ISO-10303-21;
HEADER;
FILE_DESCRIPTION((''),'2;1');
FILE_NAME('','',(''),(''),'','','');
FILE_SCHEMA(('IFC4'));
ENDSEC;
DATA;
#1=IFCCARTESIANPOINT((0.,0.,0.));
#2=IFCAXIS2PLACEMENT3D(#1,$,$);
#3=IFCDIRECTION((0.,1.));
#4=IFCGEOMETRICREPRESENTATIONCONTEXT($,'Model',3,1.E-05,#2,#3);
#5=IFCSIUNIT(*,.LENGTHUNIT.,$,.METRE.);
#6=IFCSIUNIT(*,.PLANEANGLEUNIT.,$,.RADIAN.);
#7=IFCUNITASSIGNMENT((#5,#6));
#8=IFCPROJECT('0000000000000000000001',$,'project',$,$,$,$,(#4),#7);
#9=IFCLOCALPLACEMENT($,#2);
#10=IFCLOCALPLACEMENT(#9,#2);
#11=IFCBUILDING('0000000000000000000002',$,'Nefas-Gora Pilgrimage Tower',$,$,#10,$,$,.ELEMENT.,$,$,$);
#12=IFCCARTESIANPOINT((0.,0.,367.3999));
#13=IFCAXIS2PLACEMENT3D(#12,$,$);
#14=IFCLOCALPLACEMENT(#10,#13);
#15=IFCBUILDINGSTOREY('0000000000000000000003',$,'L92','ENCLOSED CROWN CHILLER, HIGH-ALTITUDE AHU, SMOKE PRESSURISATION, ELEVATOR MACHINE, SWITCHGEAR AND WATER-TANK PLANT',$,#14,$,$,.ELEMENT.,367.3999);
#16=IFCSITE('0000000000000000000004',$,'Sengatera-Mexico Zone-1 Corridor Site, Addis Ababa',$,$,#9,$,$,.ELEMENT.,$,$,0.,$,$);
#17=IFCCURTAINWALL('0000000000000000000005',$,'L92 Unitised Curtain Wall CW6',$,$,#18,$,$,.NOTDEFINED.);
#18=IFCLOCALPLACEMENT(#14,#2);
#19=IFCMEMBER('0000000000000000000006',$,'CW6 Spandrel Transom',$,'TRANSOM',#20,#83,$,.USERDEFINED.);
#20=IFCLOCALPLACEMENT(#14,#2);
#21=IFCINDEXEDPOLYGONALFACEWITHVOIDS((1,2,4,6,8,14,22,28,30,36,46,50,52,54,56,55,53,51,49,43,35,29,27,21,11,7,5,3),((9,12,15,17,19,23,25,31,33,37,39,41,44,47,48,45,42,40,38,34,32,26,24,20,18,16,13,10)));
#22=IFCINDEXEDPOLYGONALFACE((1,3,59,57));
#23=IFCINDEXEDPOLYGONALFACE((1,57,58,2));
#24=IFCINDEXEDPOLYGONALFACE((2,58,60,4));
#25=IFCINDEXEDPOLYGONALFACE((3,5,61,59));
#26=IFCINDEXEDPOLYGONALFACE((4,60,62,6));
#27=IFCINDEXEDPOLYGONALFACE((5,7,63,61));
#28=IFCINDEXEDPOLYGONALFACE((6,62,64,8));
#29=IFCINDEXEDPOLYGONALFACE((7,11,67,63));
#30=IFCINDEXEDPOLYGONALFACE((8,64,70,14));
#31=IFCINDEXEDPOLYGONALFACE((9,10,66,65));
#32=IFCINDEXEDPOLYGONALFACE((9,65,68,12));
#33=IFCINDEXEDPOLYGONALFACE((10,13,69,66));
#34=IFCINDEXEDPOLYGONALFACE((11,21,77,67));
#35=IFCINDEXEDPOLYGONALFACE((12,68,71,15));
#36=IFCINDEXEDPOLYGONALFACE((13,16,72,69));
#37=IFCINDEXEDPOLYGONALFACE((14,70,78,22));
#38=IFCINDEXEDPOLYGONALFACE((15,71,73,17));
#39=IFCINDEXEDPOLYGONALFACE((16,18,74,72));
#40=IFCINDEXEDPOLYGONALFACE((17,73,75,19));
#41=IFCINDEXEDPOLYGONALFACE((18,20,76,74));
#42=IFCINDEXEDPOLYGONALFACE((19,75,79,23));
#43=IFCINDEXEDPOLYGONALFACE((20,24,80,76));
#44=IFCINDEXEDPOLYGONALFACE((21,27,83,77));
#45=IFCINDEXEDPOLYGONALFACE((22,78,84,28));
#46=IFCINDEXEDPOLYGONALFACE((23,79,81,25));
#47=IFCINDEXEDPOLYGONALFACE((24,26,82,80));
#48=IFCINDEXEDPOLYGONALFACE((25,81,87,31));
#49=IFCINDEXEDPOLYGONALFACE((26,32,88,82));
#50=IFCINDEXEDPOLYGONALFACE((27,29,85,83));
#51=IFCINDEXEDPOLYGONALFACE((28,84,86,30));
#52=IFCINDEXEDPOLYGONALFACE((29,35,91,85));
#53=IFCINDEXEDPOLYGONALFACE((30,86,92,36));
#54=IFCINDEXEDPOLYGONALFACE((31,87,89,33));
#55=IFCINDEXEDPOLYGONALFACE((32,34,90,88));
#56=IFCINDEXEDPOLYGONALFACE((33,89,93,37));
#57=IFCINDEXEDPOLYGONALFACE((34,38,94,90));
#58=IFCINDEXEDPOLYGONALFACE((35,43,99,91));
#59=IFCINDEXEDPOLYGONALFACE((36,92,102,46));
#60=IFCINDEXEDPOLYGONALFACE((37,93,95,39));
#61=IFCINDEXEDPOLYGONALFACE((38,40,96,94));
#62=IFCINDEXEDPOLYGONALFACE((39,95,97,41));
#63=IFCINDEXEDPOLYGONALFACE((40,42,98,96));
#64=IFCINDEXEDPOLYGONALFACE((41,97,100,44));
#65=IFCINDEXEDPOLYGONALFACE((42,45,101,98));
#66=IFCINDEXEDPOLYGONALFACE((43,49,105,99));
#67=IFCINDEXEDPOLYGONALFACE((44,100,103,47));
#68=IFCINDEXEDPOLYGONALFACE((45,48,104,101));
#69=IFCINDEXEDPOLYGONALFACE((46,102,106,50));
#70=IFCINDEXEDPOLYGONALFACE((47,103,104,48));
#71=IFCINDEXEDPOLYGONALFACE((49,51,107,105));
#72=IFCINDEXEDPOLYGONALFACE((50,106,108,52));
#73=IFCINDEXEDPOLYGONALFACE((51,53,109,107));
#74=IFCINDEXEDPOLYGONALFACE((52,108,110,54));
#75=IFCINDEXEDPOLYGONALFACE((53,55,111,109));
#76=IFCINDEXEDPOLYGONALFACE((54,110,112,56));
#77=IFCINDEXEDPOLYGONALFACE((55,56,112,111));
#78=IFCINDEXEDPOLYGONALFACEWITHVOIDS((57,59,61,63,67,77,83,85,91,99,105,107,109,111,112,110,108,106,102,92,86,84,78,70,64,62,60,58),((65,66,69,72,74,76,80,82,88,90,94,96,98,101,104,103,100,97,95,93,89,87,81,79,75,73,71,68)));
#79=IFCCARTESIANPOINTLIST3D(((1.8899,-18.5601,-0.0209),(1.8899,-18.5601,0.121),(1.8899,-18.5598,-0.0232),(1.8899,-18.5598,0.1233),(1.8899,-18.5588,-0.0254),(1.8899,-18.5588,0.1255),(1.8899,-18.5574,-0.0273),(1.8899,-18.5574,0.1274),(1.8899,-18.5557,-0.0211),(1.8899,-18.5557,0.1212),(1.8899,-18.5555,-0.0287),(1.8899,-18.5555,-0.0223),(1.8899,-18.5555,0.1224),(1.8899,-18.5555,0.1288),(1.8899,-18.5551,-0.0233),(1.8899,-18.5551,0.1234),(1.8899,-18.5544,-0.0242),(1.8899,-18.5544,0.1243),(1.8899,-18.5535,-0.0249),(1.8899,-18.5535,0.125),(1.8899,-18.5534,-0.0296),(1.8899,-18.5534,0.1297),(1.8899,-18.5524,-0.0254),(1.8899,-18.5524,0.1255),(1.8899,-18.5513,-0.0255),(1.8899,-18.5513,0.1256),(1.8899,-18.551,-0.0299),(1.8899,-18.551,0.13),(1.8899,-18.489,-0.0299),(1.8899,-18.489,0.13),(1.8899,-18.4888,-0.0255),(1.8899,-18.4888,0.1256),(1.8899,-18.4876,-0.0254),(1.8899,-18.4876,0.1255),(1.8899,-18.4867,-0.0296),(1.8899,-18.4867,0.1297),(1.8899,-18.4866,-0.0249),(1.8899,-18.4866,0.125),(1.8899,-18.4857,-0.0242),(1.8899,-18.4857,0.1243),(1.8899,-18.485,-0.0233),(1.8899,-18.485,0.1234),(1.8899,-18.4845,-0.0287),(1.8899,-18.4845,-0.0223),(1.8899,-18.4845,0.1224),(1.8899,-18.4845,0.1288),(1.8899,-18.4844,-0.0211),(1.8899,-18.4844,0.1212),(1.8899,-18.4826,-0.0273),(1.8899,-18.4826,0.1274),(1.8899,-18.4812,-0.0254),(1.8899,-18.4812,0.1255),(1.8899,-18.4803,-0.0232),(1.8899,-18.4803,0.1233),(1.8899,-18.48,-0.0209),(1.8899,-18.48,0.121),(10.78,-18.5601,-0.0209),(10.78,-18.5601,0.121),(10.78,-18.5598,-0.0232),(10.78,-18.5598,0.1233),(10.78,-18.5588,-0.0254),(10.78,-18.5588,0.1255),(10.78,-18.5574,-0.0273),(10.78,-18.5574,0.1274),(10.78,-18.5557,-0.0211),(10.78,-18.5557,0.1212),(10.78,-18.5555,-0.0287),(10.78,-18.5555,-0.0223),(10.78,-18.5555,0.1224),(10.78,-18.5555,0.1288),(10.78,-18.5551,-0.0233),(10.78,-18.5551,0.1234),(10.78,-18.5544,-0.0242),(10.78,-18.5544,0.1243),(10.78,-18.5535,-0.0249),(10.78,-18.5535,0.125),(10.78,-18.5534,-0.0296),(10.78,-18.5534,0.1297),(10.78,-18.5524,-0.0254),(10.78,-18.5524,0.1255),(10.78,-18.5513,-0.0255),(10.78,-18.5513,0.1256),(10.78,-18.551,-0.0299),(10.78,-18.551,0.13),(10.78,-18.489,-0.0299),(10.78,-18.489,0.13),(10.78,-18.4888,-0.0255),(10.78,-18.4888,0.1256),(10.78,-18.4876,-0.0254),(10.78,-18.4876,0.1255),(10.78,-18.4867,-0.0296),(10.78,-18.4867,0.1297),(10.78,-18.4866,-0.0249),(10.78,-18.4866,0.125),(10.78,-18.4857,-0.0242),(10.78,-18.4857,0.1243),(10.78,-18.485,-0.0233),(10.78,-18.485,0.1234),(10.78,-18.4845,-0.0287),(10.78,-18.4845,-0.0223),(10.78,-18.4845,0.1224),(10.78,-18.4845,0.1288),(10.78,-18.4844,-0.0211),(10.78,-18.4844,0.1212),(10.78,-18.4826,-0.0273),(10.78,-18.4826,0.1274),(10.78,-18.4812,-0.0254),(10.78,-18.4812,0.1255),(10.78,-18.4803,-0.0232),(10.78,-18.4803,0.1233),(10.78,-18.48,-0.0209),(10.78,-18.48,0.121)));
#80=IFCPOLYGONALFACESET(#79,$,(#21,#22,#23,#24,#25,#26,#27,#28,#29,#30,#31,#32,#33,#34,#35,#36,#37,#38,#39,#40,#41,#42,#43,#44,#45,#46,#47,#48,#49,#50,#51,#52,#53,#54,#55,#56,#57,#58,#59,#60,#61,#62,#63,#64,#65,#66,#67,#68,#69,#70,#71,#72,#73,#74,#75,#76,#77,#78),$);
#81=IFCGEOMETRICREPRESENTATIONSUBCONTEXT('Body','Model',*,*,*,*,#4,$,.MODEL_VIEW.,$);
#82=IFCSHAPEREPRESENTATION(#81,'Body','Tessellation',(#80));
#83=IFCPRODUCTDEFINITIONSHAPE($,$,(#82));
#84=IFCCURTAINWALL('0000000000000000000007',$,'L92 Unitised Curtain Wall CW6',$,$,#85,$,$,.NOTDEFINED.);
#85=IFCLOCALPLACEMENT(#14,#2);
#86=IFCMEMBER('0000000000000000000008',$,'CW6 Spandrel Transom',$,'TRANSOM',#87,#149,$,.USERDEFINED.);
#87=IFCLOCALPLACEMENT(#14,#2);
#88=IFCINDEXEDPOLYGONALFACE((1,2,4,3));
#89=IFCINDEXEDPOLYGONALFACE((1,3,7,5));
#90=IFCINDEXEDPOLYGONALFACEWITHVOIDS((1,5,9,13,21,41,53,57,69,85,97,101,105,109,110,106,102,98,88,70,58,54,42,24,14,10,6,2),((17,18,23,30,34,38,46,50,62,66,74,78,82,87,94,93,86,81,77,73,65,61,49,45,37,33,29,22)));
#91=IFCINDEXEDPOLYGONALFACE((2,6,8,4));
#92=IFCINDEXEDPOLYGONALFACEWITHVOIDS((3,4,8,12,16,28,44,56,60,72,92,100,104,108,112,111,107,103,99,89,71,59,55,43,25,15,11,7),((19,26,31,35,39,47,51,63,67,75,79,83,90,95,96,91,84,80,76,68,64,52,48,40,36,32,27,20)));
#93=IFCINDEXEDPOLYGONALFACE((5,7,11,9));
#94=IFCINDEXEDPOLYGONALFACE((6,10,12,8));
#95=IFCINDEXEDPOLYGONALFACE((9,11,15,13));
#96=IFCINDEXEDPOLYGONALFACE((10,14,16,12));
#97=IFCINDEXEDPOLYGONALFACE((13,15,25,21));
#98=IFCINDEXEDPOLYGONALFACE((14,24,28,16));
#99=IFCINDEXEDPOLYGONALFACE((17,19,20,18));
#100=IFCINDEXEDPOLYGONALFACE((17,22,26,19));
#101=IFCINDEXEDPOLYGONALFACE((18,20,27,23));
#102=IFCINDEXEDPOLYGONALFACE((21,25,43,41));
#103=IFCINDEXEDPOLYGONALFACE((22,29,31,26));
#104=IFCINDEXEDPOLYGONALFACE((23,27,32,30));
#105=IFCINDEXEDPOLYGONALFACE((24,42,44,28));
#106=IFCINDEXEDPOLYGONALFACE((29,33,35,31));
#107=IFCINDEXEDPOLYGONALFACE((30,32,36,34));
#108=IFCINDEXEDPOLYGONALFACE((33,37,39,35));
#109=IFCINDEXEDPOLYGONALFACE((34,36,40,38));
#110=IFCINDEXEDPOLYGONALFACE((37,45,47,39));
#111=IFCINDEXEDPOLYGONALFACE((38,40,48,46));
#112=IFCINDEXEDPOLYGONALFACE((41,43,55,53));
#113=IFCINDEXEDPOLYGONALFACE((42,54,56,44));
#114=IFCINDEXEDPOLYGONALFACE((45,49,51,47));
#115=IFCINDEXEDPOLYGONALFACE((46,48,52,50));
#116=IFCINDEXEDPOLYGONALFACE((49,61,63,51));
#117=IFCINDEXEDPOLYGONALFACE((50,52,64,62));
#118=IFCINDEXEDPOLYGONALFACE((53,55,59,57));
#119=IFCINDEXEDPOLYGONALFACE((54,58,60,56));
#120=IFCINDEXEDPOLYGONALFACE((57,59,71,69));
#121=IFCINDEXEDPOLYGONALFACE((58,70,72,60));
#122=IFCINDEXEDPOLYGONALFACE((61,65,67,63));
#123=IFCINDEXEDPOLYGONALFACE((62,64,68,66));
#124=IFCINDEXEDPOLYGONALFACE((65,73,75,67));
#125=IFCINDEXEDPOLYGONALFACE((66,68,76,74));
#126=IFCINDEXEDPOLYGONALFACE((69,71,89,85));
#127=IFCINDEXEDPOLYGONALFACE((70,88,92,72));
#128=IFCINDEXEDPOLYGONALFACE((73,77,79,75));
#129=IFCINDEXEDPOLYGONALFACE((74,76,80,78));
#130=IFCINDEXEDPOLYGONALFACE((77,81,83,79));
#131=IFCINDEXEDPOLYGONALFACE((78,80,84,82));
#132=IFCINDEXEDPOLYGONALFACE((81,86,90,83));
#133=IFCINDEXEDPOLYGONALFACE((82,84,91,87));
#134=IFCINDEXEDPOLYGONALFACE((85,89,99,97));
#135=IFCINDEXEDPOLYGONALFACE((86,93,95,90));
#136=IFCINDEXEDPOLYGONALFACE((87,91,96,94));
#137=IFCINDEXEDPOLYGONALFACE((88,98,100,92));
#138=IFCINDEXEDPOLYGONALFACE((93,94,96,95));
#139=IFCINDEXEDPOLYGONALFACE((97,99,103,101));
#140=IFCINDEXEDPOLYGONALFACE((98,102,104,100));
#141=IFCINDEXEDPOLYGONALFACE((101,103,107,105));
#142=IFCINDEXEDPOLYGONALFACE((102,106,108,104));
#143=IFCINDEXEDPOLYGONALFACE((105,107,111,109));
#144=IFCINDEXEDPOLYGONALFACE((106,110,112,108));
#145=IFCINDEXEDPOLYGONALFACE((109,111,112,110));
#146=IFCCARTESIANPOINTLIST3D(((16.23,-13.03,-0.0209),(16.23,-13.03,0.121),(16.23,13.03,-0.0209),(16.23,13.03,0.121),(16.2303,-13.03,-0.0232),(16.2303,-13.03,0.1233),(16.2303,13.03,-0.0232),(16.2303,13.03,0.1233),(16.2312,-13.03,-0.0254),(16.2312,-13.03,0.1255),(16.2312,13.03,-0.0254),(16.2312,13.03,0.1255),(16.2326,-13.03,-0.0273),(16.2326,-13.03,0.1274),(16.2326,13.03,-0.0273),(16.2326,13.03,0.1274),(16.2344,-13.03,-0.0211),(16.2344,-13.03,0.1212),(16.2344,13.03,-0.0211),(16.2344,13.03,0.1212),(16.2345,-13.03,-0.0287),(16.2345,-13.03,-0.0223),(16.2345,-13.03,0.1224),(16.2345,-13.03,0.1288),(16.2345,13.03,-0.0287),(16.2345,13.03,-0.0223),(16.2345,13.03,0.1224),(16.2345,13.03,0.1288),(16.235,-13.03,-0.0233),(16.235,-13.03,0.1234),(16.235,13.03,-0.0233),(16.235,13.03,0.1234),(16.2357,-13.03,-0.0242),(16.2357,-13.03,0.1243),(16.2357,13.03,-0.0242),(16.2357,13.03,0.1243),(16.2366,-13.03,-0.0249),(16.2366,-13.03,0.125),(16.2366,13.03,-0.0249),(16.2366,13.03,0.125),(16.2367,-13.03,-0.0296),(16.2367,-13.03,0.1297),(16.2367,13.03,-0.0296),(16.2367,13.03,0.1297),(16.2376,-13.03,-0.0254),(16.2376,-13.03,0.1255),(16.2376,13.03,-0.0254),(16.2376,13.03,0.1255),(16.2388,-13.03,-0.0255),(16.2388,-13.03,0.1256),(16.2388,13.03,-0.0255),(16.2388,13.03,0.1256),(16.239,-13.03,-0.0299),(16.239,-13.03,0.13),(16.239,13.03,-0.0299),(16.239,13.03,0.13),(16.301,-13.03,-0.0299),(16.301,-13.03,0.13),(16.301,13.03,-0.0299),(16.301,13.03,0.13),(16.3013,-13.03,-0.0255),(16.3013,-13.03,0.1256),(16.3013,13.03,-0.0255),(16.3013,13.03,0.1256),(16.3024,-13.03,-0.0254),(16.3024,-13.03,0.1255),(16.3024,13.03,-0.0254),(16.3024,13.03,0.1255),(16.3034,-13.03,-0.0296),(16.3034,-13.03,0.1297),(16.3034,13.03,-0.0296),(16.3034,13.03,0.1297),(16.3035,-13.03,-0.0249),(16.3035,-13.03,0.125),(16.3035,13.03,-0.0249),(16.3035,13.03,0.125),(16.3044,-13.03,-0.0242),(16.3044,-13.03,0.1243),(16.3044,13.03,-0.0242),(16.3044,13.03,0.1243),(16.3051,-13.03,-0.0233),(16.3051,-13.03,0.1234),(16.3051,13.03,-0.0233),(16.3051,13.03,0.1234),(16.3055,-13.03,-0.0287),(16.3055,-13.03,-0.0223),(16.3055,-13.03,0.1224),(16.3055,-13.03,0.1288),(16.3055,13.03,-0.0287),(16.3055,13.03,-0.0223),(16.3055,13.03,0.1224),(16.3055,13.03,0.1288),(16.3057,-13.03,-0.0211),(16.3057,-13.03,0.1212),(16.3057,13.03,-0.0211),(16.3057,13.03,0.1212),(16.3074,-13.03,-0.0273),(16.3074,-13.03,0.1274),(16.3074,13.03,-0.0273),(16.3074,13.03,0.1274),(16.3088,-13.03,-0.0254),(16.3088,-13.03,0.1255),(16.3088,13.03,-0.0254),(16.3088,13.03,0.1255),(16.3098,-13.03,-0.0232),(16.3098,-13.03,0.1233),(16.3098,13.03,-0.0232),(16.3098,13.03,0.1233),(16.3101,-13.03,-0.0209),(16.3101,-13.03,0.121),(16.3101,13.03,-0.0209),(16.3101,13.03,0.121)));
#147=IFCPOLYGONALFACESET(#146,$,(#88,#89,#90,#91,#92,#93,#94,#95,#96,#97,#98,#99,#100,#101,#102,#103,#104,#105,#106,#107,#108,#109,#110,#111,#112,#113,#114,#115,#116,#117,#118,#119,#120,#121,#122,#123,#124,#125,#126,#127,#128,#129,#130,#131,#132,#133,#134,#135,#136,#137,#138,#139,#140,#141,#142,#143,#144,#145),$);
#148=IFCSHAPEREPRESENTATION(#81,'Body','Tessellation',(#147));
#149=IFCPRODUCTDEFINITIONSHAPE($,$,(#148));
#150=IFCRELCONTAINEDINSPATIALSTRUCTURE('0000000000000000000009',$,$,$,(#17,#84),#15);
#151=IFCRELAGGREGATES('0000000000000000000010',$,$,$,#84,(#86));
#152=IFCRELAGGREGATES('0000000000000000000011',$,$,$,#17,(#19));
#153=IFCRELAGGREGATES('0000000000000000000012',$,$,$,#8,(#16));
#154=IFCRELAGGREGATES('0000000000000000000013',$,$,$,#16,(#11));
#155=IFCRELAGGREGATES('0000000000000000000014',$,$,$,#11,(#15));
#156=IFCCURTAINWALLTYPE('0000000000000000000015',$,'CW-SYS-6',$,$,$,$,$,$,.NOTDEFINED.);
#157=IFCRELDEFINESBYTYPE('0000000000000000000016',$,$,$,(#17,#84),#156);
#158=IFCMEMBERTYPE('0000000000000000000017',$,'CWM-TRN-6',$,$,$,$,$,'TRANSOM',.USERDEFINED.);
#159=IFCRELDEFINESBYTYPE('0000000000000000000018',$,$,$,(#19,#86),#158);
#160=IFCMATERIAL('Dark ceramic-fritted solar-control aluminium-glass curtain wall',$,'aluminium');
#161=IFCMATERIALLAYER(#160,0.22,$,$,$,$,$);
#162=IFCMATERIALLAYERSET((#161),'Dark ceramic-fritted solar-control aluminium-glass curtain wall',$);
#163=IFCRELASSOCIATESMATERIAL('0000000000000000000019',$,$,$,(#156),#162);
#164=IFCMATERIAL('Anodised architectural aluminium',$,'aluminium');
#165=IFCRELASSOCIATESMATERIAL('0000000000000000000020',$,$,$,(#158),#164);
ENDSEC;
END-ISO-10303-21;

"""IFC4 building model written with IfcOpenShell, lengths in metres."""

from ifc_helpers import new_model, si_unit, direction, frame, origin, origin_2d, place, context, subcontext, project, spatial, hollow_rectangle, extrude, source, transform, mapped, material, layer, layer_set, material_profile, profile_set, type_object, element, aggregate, save


model = new_model("IFC4")

# Units and contexts
model_context = context("Model", 3, precision=1e-05, world=origin(), true_north=direction((0.0, 1.0)))
body_context = subcontext(model_context, "Body", "Model", "MODEL_VIEW")
ifc_project = project(units=[si_unit("LENGTHUNIT", "METRE"), si_unit("PLANEANGLEUNIT", "RADIAN")], contexts=[model_context])

# Site, building, storey
site_placement = place(None, origin())
site = spatial("IfcSite", under=ifc_project, at=site_placement, Name="Sengatera-Mexico Zone-1 Corridor Site, Addis Ababa", CompositionType="ELEMENT", RefElevation=0.0)
building_placement = place(site_placement, origin())
building = spatial("IfcBuilding", under=site, at=building_placement, Name="Nefas-Gora Pilgrimage Tower", CompositionType="ELEMENT")
storey_placement = place(building_placement, frame((0.0, 0.0, 367.3999)))
storey = spatial("IfcBuildingStorey", under=building, at=storey_placement, Name="L92", Description="ENCLOSED CROWN CHILLER, HIGH-ALTITUDE AHU, SMOKE PRESSURISATION, ELEVATOR MACHINE, SWITCHGEAR AND WATER-TANK PLANT", CompositionType="ELEMENT", Elevation=367.3999)

# Curtain walls, members
ifc_material_1 = material(Name="Dark ceramic-fritted solar-control aluminium-glass curtain wall", Category="aluminium")
ifc_layer_1 = layer(ifc_material_1, 0.22)
ifc_layer_set_1 = layer_set([ifc_layer_1], Name="Dark ceramic-fritted solar-control aluminium-glass curtain wall")
curtain_wall_type = type_object("IfcCurtainWallType", Name="CW-SYS-6", PredefinedType="NOTDEFINED", material=ifc_layer_set_1)
curtain_wall_1_placement = place(storey_placement, origin())
curtain_wall_1 = element("IfcCurtainWall", 1, at=curtain_wall_1_placement, inside=storey, type_object=curtain_wall_type, Name="L92 Unitised Curtain Wall CW6", PredefinedType="NOTDEFINED")
ifc_material_2 = material(Name="Anodised architectural aluminium", Category="aluminium")
ifc_material_profile_1 = material_profile(ifc_material_2, hollow_rectangle(XDim=0.0801, YDim=0.1599, WallThickness=0.0044, InnerFilletRadius=0.0044, OuterFilletRadius=0.009, at=origin_2d()), Name="ALU TRANSOM 80x160")
ifc_profile_set_1 = profile_set([ifc_material_profile_1], Name="Anodised architectural aluminium")
member_type_1 = type_object("IfcMemberType", Name="CWM-TRN-6", ElementType="TRANSOM", PredefinedType="USERDEFINED", material=ifc_profile_set_1)
shared_shape_1 = source(origin(), body_context, "Body", "SweptSolid", [
    extrude(hollow_rectangle(XDim=0.0801, YDim=0.1599, WallThickness=0.0044, InnerFilletRadius=0.0044, OuterFilletRadius=0.009, at=origin_2d()), origin(), (0.0, 0.0, 1.0), 8.8901),
])
member_1_placement = place(storey_placement, frame((1.8899, -18.52, 0.05), z_axis=(1.0, 0.0, 0.0), x_axis=(0.0, 1.0, 0.0)))
member_1 = element("IfcMember", 2, at=member_1_placement, type_object=member_type_1, Name="CW6 Spandrel Transom", ObjectType="TRANSOM", PredefinedType="USERDEFINED", context=body_context, shape_type="MappedRepresentation", body=[
    mapped(shared_shape_1, transform((0.0, 0.0, 0.0), x_axis=(1.0, 0.0, 0.0), y_axis=(0.0, 1.0, 0.0), z_axis=(0.0, 0.0, 1.0), scale=1.0)),
])
curtain_wall_2_placement = place(storey_placement, origin())
curtain_wall_2 = element("IfcCurtainWall", 3, at=curtain_wall_2_placement, inside=storey, type_object=curtain_wall_type, Name="L92 Unitised Curtain Wall CW6", PredefinedType="NOTDEFINED")
shared_shape_2 = source(origin(), body_context, "Body", "SweptSolid", [
    extrude(hollow_rectangle(XDim=0.0801, YDim=0.1599, WallThickness=0.0044, InnerFilletRadius=0.0044, OuterFilletRadius=0.009, at=origin_2d()), origin(), (0.0, 0.0, 1.0), 26.0601),
])
member_2_placement = place(storey_placement, frame((16.27, -13.03, 0.05), z_axis=(0.0, 1.0, 0.0), x_axis=(-1.0, 0.0, 0.0)))
member_2 = element("IfcMember", 4, at=member_2_placement, type_object=member_type_1, Name="CW6 Spandrel Transom", ObjectType="TRANSOM", PredefinedType="USERDEFINED", context=body_context, shape_type="MappedRepresentation", body=[
    mapped(shared_shape_2, transform((0.0, 0.0, 0.0), x_axis=(1.0, 0.0, 0.0), y_axis=(0.0, 1.0, 0.0), z_axis=(0.0, 0.0, 1.0), scale=1.0)),
])

aggregate(curtain_wall_2, [member_2])

aggregate(curtain_wall_1, [member_1])

save(model, "model.ifc")
